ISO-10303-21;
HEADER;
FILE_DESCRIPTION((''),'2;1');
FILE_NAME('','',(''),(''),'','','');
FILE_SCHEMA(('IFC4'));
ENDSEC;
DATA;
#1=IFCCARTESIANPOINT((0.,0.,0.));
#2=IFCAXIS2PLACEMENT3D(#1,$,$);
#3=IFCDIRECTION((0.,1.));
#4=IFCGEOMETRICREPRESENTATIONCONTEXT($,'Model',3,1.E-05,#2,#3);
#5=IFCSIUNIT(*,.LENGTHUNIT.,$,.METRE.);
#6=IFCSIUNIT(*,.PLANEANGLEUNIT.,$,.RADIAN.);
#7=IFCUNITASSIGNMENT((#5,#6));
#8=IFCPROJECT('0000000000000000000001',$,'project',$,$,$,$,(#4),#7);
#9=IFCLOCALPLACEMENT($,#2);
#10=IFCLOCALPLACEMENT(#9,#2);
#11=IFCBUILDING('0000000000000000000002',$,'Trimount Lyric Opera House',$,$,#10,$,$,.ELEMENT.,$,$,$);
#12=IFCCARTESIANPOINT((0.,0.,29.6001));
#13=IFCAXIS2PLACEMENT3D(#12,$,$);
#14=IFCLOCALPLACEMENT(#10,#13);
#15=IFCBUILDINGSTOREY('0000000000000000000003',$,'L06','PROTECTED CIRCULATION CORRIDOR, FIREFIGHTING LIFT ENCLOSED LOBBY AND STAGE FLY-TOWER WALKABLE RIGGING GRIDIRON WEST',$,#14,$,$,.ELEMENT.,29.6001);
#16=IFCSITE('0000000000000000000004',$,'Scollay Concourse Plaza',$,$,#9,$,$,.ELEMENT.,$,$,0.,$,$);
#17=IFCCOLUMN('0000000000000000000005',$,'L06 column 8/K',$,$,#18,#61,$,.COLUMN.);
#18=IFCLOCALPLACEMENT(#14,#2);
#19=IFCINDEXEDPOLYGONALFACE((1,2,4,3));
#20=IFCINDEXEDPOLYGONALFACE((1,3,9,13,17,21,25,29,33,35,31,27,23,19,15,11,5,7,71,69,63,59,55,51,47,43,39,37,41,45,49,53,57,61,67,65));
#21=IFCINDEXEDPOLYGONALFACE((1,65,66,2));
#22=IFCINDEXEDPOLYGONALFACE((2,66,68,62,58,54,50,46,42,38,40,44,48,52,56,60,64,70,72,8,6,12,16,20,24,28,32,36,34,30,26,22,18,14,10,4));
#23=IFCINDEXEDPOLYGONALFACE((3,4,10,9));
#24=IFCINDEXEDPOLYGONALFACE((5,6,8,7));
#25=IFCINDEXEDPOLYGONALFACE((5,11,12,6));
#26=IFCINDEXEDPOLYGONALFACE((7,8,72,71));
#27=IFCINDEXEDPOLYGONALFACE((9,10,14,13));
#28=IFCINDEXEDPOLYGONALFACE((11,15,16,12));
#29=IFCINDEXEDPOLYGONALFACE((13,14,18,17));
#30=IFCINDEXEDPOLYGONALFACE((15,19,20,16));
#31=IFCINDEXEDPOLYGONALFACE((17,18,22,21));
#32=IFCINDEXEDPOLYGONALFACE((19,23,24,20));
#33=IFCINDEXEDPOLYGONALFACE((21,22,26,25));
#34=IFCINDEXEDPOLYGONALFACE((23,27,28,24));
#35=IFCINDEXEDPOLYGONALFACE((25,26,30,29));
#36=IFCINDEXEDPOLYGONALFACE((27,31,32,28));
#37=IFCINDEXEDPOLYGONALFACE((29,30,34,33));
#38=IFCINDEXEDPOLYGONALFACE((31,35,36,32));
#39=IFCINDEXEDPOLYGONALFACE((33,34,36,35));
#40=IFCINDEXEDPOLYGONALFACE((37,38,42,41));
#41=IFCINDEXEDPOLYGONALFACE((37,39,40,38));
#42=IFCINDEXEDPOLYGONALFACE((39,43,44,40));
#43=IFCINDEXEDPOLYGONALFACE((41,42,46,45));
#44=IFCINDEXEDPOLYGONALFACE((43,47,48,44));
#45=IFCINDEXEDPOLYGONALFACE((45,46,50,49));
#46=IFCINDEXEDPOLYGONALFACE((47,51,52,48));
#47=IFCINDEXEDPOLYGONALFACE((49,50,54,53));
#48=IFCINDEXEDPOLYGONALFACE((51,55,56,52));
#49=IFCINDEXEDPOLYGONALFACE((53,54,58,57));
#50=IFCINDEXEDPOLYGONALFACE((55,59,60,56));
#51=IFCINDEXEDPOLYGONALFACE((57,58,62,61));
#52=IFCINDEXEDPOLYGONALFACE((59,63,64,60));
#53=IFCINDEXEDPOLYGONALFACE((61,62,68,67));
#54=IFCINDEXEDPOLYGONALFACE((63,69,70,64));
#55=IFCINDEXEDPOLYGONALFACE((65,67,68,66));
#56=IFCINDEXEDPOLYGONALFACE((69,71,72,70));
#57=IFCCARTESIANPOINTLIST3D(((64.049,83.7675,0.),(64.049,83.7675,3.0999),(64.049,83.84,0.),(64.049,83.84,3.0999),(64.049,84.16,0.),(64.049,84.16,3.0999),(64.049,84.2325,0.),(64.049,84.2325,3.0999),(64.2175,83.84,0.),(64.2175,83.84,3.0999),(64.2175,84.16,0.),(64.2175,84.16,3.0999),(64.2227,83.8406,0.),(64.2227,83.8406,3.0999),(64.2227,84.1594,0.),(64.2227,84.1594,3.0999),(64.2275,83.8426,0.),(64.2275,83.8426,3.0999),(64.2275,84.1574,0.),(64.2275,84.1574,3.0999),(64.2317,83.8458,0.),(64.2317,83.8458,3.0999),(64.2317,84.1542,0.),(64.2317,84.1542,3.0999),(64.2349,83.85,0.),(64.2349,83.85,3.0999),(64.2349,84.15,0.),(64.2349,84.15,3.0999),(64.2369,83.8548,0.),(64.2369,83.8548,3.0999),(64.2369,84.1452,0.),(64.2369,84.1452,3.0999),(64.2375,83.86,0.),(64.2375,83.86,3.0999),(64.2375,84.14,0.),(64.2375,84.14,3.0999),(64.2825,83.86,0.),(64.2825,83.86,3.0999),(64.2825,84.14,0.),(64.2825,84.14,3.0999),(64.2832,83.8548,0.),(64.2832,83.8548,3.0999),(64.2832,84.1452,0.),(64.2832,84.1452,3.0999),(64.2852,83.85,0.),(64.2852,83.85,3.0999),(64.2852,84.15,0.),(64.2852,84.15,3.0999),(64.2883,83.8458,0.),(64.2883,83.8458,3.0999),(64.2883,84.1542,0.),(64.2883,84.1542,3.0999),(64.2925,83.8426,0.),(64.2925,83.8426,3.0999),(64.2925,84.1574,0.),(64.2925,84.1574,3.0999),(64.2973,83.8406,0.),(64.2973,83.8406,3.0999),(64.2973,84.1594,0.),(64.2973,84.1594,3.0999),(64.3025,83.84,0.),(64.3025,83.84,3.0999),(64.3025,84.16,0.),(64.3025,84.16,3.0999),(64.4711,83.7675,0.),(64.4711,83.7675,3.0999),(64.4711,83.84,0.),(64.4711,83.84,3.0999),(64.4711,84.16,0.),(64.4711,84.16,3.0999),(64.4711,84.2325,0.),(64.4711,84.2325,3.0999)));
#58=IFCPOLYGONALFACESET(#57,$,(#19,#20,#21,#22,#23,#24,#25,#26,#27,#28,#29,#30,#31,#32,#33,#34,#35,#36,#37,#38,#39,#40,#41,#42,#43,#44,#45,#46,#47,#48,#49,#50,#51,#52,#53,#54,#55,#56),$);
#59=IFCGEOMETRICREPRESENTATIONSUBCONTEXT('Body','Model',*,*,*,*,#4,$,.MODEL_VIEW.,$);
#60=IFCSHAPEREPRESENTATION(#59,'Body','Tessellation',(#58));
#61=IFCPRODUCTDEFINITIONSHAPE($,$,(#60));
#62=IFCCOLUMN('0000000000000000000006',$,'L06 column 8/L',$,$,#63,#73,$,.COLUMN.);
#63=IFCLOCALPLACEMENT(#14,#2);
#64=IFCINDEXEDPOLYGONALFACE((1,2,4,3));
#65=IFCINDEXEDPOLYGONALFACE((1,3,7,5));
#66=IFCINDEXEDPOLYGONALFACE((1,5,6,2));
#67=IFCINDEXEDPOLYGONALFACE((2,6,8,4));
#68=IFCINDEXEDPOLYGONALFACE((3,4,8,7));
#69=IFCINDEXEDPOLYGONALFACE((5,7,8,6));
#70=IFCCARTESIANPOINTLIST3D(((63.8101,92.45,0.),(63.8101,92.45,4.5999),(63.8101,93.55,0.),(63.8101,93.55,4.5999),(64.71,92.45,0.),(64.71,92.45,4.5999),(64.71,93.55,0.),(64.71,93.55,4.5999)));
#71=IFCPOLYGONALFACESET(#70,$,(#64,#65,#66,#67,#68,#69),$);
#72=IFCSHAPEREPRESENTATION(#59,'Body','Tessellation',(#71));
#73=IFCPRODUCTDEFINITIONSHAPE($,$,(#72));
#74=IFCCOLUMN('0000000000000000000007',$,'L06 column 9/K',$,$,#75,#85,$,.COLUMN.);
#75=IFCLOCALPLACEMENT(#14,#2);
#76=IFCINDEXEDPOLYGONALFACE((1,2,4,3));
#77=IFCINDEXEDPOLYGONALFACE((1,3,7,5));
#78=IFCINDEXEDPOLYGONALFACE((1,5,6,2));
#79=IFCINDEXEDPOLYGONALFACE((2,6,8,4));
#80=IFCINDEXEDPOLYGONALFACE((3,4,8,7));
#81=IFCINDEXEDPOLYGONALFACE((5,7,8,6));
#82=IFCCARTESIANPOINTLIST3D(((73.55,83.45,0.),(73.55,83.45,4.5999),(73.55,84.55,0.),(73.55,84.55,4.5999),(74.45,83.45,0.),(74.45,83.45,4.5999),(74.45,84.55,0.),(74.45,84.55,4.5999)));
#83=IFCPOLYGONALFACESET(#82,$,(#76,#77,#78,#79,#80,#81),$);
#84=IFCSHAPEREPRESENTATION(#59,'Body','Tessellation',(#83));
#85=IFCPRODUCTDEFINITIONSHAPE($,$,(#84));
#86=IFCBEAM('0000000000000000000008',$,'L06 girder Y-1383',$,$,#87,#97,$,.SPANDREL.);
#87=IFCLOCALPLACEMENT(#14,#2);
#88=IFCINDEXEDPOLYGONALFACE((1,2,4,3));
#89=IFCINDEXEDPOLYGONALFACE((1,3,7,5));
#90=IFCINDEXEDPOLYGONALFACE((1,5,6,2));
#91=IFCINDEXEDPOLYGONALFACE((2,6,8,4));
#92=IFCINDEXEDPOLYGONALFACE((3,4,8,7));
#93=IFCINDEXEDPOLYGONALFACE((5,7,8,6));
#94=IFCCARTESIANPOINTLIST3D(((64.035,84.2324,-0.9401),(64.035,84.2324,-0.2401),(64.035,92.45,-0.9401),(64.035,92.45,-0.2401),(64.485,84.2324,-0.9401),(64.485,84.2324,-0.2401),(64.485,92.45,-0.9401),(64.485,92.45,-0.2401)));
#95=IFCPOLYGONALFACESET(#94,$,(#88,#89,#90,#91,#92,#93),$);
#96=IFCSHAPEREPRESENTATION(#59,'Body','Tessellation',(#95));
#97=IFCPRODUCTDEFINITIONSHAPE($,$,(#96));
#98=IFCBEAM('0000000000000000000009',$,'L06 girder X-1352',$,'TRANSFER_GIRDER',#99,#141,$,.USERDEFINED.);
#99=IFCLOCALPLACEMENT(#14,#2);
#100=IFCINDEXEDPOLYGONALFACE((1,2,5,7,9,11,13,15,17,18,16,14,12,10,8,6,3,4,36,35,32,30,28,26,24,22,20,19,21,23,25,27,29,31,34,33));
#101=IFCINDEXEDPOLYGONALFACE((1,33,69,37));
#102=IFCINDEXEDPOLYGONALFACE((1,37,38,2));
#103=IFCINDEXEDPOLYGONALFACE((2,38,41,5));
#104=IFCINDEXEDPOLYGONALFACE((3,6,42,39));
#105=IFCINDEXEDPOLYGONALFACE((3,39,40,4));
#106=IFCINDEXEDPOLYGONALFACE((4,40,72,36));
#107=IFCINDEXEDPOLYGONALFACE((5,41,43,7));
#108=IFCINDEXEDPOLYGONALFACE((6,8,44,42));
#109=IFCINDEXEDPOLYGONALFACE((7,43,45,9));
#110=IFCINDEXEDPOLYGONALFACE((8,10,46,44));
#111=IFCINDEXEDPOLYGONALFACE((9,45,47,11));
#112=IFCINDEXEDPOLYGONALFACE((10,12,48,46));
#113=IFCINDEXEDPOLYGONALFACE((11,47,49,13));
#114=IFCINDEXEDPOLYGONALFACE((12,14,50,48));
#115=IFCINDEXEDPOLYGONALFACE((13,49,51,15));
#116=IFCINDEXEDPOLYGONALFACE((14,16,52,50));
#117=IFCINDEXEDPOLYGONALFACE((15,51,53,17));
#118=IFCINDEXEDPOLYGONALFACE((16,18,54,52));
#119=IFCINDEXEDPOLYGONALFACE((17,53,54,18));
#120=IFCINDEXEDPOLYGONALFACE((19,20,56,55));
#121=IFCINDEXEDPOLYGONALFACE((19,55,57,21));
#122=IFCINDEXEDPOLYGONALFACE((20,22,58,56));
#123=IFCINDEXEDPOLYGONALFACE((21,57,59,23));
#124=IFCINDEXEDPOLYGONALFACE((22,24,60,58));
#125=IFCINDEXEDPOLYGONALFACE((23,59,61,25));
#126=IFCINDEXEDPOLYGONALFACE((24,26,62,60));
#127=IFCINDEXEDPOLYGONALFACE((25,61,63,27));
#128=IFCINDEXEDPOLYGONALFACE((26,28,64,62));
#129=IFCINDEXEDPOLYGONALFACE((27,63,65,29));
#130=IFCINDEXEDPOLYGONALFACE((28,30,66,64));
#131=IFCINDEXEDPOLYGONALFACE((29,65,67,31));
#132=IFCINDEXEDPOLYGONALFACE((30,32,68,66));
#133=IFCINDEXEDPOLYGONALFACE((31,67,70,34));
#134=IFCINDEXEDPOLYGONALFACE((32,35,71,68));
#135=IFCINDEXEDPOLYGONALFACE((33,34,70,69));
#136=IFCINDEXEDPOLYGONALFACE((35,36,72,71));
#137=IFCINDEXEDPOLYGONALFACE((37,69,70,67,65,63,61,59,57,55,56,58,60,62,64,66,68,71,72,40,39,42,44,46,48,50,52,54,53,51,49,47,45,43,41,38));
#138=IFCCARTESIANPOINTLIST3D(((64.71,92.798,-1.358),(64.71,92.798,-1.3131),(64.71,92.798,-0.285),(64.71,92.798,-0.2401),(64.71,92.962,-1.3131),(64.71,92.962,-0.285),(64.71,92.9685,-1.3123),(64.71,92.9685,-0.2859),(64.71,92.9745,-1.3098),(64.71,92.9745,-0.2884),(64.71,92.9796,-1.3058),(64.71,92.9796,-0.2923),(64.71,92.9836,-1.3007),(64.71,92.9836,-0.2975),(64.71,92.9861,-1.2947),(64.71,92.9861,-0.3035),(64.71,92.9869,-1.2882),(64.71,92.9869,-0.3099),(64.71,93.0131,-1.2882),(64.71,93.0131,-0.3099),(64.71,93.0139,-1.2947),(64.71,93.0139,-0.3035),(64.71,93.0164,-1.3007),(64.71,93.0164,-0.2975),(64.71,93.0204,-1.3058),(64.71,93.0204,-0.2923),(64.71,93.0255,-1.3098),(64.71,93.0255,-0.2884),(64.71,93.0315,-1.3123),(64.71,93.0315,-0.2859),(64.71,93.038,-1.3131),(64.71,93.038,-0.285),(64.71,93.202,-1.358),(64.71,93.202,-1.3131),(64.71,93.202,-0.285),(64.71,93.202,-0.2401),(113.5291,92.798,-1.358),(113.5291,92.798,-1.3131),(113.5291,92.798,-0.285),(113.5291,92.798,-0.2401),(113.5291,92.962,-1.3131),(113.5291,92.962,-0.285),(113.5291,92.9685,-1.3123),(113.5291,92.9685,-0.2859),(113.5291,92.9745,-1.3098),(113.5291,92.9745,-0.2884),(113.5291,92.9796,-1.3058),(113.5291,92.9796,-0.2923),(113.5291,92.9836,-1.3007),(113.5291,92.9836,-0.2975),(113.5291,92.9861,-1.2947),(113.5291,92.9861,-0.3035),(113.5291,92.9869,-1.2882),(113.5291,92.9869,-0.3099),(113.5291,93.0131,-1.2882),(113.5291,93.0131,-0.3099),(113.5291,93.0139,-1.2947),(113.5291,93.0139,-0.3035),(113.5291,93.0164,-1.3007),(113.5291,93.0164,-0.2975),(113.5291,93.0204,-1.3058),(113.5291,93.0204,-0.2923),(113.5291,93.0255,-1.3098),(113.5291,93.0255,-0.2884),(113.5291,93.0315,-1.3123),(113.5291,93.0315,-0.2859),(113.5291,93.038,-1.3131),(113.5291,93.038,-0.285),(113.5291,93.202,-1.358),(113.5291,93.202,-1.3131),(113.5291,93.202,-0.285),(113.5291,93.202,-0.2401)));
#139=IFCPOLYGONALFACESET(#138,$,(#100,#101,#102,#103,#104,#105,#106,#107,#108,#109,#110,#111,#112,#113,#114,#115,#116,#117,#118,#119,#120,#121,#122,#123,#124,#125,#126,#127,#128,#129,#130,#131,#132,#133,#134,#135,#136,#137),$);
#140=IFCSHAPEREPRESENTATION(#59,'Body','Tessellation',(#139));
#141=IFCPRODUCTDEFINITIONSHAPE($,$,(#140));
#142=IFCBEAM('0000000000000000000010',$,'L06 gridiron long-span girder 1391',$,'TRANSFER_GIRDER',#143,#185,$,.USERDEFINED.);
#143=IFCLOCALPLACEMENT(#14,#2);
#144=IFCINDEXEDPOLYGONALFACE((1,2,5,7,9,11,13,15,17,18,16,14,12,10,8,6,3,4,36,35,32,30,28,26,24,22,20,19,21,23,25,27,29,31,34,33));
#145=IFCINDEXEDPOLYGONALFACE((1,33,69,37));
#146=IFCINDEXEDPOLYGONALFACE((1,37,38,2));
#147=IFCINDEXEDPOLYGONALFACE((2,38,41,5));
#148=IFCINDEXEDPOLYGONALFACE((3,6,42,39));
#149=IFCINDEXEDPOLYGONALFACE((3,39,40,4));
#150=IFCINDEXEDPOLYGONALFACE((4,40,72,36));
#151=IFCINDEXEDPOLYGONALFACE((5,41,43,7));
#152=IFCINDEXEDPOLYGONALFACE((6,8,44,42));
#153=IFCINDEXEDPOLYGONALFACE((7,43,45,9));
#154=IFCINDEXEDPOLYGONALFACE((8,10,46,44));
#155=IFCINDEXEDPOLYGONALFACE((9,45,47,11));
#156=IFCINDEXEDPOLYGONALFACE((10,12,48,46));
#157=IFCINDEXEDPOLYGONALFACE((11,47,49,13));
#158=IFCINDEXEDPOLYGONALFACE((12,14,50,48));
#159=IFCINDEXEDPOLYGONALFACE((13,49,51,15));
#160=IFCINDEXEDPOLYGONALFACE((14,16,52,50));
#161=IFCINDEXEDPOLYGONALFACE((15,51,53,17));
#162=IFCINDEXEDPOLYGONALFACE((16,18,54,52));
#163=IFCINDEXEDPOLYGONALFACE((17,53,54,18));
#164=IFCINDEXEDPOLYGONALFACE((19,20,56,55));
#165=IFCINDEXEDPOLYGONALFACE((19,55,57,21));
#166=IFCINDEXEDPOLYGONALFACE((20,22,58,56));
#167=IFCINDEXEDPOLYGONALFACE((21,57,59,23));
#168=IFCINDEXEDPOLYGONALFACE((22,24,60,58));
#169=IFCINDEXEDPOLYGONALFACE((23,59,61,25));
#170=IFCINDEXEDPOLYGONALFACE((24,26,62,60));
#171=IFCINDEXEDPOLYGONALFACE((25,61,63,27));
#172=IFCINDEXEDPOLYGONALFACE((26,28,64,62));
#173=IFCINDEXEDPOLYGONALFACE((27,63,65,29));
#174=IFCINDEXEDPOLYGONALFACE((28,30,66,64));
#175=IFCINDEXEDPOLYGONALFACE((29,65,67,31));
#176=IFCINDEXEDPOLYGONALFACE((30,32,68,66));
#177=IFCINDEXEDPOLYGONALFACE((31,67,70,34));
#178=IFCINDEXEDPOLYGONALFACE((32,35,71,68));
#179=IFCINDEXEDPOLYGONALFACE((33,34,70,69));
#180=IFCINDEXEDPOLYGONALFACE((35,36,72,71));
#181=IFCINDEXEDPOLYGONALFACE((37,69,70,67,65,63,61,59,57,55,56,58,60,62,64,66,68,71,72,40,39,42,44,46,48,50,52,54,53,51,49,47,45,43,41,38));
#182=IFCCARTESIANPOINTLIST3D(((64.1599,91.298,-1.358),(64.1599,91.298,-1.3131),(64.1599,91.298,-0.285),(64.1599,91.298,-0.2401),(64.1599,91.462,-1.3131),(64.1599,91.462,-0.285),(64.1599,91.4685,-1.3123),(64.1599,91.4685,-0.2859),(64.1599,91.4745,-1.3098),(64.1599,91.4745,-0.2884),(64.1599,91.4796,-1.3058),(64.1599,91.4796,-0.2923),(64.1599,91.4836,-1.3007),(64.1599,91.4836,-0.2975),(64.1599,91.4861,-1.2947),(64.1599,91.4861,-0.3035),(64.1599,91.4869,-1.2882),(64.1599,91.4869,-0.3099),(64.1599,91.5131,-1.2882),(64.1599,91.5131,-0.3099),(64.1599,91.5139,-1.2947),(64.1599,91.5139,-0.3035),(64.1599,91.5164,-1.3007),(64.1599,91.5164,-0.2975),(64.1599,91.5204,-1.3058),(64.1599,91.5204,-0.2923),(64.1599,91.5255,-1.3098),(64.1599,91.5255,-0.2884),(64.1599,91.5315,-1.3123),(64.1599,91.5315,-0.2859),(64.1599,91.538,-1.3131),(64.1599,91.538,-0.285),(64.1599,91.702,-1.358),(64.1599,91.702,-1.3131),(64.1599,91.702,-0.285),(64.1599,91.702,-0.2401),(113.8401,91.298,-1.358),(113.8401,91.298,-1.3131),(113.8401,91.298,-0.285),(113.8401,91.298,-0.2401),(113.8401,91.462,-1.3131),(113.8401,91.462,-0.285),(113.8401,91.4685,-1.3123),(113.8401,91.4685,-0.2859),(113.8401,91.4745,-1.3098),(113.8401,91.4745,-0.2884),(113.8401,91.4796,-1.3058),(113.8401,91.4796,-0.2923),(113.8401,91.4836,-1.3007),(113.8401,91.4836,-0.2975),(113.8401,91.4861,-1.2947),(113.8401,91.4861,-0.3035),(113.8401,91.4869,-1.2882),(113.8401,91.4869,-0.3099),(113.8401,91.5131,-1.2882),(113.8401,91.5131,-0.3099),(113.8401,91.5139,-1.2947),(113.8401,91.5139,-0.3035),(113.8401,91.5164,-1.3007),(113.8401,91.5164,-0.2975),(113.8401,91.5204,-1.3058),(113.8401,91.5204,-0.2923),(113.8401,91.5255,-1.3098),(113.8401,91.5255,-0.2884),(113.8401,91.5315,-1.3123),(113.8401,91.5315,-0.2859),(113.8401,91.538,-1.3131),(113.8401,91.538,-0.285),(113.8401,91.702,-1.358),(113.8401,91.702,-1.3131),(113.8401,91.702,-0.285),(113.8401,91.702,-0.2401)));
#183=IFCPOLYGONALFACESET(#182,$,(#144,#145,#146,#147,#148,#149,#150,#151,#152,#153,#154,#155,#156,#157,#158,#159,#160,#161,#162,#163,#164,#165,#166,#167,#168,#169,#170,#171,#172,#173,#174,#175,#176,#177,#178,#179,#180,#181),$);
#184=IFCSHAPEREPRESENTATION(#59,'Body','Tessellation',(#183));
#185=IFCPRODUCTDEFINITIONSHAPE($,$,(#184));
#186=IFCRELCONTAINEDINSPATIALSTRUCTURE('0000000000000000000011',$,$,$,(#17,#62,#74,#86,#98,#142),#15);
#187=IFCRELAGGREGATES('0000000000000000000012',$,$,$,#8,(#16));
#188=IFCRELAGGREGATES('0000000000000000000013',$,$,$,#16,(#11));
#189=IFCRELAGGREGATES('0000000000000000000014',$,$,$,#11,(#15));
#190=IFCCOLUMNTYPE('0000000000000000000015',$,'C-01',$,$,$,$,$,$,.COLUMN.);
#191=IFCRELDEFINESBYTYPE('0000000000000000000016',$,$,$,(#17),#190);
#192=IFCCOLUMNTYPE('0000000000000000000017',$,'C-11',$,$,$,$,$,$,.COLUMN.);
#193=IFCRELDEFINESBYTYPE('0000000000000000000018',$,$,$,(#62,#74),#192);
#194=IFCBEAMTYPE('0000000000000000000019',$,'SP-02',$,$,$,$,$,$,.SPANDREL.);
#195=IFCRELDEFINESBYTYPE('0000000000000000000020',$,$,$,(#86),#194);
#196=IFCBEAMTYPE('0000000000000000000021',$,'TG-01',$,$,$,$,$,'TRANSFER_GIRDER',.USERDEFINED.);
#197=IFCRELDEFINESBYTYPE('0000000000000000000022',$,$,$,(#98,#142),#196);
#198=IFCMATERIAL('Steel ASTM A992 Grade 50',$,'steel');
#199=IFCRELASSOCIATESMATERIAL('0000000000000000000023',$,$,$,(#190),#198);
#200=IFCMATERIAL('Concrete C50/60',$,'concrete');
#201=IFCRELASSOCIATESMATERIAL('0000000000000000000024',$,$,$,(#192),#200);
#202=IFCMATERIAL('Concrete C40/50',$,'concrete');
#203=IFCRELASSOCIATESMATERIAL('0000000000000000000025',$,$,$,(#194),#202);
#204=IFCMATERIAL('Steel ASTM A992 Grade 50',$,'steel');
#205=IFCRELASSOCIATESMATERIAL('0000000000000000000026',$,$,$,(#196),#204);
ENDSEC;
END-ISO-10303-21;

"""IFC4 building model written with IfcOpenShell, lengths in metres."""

from ifc_helpers import new_model, si_unit, direction, frame, origin, origin_2d, place, context, subcontext, project, spatial, rectangle, i_section, extrude, material, material_profile, profile_set, type_object, element, save


model = new_model("IFC4")

# Units and contexts
model_context = context("Model", 3, precision=1e-05, world=origin(), true_north=direction((0.0, 1.0)))
body_context = subcontext(model_context, "Body", "Model", "MODEL_VIEW")
ifc_project = project(units=[si_unit("LENGTHUNIT", "METRE"), si_unit("PLANEANGLEUNIT", "RADIAN")], contexts=[model_context])

# Site, building, storey
site_placement = place(None, origin())
site = spatial("IfcSite", under=ifc_project, at=site_placement, Name="Scollay Concourse Plaza", CompositionType="ELEMENT", RefElevation=0.0)
building_placement = place(site_placement, origin())
building = spatial("IfcBuilding", under=site, at=building_placement, Name="Trimount Lyric Opera House", CompositionType="ELEMENT")
storey_placement = place(building_placement, frame((0.0, 0.0, 29.6001)))
storey = spatial("IfcBuildingStorey", under=building, at=storey_placement, Name="L06", Description="PROTECTED CIRCULATION CORRIDOR, FIREFIGHTING LIFT ENCLOSED LOBBY AND STAGE FLY-TOWER WALKABLE RIGGING GRIDIRON WEST", CompositionType="ELEMENT", Elevation=29.6001)

# Columns
ifc_material_1 = material(Name="Steel ASTM A992 Grade 50", Category="steel")
ifc_material_profile_1 = material_profile(ifc_material_1, i_section(OverallWidth=0.4221, OverallDepth=0.4651, WebThickness=0.0449, FlangeThickness=0.0725, FilletRadius=0.02, at=origin_2d()), Name="W14X398")
ifc_profile_set_1 = profile_set([ifc_material_profile_1], Name="Steel ASTM A992 Grade 50")
column_type_1 = type_object("IfcColumnType", Name="C-01", PredefinedType="COLUMN", material=ifc_profile_set_1)
column_placement = place(storey_placement, frame((64.26, 84.0, 0.0), z_axis=(0.0, 0.0, 1.0), x_axis=(1.0, 0.0, 0.0)))
element("IfcColumn", 1, at=column_placement, inside=storey, type_object=column_type_1, Name="L06 column 8/K", PredefinedType="COLUMN", context=body_context, shape_type="SweptSolid", body=[
    extrude(i_section(OverallWidth=0.4221, OverallDepth=0.4651, WebThickness=0.0449, FlangeThickness=0.0725, FilletRadius=0.02, at=origin_2d()), origin(), (0.0, 0.0, 1.0), 3.0999),
])
ifc_material_2 = material(Name="Concrete C50/60", Category="concrete")
ifc_material_profile_2 = material_profile(ifc_material_2, rectangle(XDim=0.8999, YDim=1.1001, at=origin_2d()), Name="RC1100X900")
ifc_profile_set_2 = profile_set([ifc_material_profile_2], Name="Concrete C50/60")
column_type_2 = type_object("IfcColumnType", Name="C-11", PredefinedType="COLUMN", material=ifc_profile_set_2)
for number, where, z_axis, x_axis, name in (
    (2, (64.26, 93.0, 0.0), (0.0, 0.0, 1.0), (1.0, 0.0, 0.0), "L06 column 8/L"),
    (3, (74.0, 84.0, 0.0), (0.0, 0.0, 1.0), (1.0, 0.0, 0.0), "L06 column 9/K"),
):
    element("IfcColumn", number, at=place(storey_placement, frame(where, z_axis=z_axis, x_axis=x_axis)), inside=storey, type_object=column_type_2, Name=name, PredefinedType="COLUMN", context=body_context, shape_type="SweptSolid", body=[
        extrude(rectangle(XDim=0.8999, YDim=1.1001, at=origin_2d()), origin(), (0.0, 0.0, 1.0), 4.5999),
    ])

# Beams
ifc_material_3 = material(Name="Concrete C40/50", Category="concrete")
ifc_material_profile_3 = material_profile(ifc_material_3, rectangle(XDim=0.45, YDim=0.7, at=origin_2d()), Name="RC450X700")
ifc_profile_set_3 = profile_set([ifc_material_profile_3], Name="Concrete C40/50")
beam_type_1 = type_object("IfcBeamType", Name="SP-02", PredefinedType="SPANDREL", material=ifc_profile_set_3)
beam_1_placement = place(storey_placement, frame((64.26, 84.2324, -0.5901), z_axis=(0.0, 1.0, 0.0), x_axis=(-1.0, 0.0, 0.0)))
element("IfcBeam", 4, at=beam_1_placement, inside=storey, type_object=beam_type_1, Name="L06 girder Y-1383", PredefinedType="SPANDREL", context=body_context, shape_type="SweptSolid", body=[
    extrude(rectangle(XDim=0.45, YDim=0.7, at=origin_2d()), origin(), (0.0, 0.0, 1.0), 8.2175),
])
ifc_material_4 = material(Name="Steel ASTM A992 Grade 50", Category="steel")
ifc_material_profile_4 = material_profile(ifc_material_4, i_section(OverallWidth=0.4041, OverallDepth=1.1179, WebThickness=0.0261, FlangeThickness=0.0449, FilletRadius=0.0249, at=origin_2d()), Name="W44X335")
ifc_profile_set_4 = profile_set([ifc_material_profile_4], Name="Steel ASTM A992 Grade 50")
beam_type_2 = type_object("IfcBeamType", Name="TG-01", ElementType="TRANSFER_GIRDER", PredefinedType="USERDEFINED", material=ifc_profile_set_4)
beam_2_placement = place(storey_placement, frame((64.71, 93.0, -0.7991), z_axis=(1.0, 0.0, 0.0), x_axis=(0.0, 1.0, 0.0)))
element("IfcBeam", 5, at=beam_2_placement, inside=storey, type_object=beam_type_2, Name="L06 girder X-1352", ObjectType="TRANSFER_GIRDER", PredefinedType="USERDEFINED", context=body_context, shape_type="SweptSolid", body=[
    extrude(i_section(OverallWidth=0.4041, OverallDepth=1.1179, WebThickness=0.0261, FlangeThickness=0.0449, FilletRadius=0.0249, at=origin_2d()), origin(), (0.0, 0.0, 1.0), 48.8191),
])
beam_3_placement = place(storey_placement, frame((64.1599, 91.5, -0.7991), z_axis=(1.0, 0.0, 0.0), x_axis=(0.0, 1.0, 0.0)))
element("IfcBeam", 6, at=beam_3_placement, inside=storey, type_object=beam_type_2, Name="L06 gridiron long-span girder 1391", ObjectType="TRANSFER_GIRDER", PredefinedType="USERDEFINED", context=body_context, shape_type="SweptSolid", body=[
    extrude(i_section(OverallWidth=0.4041, OverallDepth=1.1179, WebThickness=0.0261, FlangeThickness=0.0449, FilletRadius=0.0249, at=origin_2d()), origin(), (0.0, 0.0, 1.0), 49.6802),
])

save(model, "model.ifc")
